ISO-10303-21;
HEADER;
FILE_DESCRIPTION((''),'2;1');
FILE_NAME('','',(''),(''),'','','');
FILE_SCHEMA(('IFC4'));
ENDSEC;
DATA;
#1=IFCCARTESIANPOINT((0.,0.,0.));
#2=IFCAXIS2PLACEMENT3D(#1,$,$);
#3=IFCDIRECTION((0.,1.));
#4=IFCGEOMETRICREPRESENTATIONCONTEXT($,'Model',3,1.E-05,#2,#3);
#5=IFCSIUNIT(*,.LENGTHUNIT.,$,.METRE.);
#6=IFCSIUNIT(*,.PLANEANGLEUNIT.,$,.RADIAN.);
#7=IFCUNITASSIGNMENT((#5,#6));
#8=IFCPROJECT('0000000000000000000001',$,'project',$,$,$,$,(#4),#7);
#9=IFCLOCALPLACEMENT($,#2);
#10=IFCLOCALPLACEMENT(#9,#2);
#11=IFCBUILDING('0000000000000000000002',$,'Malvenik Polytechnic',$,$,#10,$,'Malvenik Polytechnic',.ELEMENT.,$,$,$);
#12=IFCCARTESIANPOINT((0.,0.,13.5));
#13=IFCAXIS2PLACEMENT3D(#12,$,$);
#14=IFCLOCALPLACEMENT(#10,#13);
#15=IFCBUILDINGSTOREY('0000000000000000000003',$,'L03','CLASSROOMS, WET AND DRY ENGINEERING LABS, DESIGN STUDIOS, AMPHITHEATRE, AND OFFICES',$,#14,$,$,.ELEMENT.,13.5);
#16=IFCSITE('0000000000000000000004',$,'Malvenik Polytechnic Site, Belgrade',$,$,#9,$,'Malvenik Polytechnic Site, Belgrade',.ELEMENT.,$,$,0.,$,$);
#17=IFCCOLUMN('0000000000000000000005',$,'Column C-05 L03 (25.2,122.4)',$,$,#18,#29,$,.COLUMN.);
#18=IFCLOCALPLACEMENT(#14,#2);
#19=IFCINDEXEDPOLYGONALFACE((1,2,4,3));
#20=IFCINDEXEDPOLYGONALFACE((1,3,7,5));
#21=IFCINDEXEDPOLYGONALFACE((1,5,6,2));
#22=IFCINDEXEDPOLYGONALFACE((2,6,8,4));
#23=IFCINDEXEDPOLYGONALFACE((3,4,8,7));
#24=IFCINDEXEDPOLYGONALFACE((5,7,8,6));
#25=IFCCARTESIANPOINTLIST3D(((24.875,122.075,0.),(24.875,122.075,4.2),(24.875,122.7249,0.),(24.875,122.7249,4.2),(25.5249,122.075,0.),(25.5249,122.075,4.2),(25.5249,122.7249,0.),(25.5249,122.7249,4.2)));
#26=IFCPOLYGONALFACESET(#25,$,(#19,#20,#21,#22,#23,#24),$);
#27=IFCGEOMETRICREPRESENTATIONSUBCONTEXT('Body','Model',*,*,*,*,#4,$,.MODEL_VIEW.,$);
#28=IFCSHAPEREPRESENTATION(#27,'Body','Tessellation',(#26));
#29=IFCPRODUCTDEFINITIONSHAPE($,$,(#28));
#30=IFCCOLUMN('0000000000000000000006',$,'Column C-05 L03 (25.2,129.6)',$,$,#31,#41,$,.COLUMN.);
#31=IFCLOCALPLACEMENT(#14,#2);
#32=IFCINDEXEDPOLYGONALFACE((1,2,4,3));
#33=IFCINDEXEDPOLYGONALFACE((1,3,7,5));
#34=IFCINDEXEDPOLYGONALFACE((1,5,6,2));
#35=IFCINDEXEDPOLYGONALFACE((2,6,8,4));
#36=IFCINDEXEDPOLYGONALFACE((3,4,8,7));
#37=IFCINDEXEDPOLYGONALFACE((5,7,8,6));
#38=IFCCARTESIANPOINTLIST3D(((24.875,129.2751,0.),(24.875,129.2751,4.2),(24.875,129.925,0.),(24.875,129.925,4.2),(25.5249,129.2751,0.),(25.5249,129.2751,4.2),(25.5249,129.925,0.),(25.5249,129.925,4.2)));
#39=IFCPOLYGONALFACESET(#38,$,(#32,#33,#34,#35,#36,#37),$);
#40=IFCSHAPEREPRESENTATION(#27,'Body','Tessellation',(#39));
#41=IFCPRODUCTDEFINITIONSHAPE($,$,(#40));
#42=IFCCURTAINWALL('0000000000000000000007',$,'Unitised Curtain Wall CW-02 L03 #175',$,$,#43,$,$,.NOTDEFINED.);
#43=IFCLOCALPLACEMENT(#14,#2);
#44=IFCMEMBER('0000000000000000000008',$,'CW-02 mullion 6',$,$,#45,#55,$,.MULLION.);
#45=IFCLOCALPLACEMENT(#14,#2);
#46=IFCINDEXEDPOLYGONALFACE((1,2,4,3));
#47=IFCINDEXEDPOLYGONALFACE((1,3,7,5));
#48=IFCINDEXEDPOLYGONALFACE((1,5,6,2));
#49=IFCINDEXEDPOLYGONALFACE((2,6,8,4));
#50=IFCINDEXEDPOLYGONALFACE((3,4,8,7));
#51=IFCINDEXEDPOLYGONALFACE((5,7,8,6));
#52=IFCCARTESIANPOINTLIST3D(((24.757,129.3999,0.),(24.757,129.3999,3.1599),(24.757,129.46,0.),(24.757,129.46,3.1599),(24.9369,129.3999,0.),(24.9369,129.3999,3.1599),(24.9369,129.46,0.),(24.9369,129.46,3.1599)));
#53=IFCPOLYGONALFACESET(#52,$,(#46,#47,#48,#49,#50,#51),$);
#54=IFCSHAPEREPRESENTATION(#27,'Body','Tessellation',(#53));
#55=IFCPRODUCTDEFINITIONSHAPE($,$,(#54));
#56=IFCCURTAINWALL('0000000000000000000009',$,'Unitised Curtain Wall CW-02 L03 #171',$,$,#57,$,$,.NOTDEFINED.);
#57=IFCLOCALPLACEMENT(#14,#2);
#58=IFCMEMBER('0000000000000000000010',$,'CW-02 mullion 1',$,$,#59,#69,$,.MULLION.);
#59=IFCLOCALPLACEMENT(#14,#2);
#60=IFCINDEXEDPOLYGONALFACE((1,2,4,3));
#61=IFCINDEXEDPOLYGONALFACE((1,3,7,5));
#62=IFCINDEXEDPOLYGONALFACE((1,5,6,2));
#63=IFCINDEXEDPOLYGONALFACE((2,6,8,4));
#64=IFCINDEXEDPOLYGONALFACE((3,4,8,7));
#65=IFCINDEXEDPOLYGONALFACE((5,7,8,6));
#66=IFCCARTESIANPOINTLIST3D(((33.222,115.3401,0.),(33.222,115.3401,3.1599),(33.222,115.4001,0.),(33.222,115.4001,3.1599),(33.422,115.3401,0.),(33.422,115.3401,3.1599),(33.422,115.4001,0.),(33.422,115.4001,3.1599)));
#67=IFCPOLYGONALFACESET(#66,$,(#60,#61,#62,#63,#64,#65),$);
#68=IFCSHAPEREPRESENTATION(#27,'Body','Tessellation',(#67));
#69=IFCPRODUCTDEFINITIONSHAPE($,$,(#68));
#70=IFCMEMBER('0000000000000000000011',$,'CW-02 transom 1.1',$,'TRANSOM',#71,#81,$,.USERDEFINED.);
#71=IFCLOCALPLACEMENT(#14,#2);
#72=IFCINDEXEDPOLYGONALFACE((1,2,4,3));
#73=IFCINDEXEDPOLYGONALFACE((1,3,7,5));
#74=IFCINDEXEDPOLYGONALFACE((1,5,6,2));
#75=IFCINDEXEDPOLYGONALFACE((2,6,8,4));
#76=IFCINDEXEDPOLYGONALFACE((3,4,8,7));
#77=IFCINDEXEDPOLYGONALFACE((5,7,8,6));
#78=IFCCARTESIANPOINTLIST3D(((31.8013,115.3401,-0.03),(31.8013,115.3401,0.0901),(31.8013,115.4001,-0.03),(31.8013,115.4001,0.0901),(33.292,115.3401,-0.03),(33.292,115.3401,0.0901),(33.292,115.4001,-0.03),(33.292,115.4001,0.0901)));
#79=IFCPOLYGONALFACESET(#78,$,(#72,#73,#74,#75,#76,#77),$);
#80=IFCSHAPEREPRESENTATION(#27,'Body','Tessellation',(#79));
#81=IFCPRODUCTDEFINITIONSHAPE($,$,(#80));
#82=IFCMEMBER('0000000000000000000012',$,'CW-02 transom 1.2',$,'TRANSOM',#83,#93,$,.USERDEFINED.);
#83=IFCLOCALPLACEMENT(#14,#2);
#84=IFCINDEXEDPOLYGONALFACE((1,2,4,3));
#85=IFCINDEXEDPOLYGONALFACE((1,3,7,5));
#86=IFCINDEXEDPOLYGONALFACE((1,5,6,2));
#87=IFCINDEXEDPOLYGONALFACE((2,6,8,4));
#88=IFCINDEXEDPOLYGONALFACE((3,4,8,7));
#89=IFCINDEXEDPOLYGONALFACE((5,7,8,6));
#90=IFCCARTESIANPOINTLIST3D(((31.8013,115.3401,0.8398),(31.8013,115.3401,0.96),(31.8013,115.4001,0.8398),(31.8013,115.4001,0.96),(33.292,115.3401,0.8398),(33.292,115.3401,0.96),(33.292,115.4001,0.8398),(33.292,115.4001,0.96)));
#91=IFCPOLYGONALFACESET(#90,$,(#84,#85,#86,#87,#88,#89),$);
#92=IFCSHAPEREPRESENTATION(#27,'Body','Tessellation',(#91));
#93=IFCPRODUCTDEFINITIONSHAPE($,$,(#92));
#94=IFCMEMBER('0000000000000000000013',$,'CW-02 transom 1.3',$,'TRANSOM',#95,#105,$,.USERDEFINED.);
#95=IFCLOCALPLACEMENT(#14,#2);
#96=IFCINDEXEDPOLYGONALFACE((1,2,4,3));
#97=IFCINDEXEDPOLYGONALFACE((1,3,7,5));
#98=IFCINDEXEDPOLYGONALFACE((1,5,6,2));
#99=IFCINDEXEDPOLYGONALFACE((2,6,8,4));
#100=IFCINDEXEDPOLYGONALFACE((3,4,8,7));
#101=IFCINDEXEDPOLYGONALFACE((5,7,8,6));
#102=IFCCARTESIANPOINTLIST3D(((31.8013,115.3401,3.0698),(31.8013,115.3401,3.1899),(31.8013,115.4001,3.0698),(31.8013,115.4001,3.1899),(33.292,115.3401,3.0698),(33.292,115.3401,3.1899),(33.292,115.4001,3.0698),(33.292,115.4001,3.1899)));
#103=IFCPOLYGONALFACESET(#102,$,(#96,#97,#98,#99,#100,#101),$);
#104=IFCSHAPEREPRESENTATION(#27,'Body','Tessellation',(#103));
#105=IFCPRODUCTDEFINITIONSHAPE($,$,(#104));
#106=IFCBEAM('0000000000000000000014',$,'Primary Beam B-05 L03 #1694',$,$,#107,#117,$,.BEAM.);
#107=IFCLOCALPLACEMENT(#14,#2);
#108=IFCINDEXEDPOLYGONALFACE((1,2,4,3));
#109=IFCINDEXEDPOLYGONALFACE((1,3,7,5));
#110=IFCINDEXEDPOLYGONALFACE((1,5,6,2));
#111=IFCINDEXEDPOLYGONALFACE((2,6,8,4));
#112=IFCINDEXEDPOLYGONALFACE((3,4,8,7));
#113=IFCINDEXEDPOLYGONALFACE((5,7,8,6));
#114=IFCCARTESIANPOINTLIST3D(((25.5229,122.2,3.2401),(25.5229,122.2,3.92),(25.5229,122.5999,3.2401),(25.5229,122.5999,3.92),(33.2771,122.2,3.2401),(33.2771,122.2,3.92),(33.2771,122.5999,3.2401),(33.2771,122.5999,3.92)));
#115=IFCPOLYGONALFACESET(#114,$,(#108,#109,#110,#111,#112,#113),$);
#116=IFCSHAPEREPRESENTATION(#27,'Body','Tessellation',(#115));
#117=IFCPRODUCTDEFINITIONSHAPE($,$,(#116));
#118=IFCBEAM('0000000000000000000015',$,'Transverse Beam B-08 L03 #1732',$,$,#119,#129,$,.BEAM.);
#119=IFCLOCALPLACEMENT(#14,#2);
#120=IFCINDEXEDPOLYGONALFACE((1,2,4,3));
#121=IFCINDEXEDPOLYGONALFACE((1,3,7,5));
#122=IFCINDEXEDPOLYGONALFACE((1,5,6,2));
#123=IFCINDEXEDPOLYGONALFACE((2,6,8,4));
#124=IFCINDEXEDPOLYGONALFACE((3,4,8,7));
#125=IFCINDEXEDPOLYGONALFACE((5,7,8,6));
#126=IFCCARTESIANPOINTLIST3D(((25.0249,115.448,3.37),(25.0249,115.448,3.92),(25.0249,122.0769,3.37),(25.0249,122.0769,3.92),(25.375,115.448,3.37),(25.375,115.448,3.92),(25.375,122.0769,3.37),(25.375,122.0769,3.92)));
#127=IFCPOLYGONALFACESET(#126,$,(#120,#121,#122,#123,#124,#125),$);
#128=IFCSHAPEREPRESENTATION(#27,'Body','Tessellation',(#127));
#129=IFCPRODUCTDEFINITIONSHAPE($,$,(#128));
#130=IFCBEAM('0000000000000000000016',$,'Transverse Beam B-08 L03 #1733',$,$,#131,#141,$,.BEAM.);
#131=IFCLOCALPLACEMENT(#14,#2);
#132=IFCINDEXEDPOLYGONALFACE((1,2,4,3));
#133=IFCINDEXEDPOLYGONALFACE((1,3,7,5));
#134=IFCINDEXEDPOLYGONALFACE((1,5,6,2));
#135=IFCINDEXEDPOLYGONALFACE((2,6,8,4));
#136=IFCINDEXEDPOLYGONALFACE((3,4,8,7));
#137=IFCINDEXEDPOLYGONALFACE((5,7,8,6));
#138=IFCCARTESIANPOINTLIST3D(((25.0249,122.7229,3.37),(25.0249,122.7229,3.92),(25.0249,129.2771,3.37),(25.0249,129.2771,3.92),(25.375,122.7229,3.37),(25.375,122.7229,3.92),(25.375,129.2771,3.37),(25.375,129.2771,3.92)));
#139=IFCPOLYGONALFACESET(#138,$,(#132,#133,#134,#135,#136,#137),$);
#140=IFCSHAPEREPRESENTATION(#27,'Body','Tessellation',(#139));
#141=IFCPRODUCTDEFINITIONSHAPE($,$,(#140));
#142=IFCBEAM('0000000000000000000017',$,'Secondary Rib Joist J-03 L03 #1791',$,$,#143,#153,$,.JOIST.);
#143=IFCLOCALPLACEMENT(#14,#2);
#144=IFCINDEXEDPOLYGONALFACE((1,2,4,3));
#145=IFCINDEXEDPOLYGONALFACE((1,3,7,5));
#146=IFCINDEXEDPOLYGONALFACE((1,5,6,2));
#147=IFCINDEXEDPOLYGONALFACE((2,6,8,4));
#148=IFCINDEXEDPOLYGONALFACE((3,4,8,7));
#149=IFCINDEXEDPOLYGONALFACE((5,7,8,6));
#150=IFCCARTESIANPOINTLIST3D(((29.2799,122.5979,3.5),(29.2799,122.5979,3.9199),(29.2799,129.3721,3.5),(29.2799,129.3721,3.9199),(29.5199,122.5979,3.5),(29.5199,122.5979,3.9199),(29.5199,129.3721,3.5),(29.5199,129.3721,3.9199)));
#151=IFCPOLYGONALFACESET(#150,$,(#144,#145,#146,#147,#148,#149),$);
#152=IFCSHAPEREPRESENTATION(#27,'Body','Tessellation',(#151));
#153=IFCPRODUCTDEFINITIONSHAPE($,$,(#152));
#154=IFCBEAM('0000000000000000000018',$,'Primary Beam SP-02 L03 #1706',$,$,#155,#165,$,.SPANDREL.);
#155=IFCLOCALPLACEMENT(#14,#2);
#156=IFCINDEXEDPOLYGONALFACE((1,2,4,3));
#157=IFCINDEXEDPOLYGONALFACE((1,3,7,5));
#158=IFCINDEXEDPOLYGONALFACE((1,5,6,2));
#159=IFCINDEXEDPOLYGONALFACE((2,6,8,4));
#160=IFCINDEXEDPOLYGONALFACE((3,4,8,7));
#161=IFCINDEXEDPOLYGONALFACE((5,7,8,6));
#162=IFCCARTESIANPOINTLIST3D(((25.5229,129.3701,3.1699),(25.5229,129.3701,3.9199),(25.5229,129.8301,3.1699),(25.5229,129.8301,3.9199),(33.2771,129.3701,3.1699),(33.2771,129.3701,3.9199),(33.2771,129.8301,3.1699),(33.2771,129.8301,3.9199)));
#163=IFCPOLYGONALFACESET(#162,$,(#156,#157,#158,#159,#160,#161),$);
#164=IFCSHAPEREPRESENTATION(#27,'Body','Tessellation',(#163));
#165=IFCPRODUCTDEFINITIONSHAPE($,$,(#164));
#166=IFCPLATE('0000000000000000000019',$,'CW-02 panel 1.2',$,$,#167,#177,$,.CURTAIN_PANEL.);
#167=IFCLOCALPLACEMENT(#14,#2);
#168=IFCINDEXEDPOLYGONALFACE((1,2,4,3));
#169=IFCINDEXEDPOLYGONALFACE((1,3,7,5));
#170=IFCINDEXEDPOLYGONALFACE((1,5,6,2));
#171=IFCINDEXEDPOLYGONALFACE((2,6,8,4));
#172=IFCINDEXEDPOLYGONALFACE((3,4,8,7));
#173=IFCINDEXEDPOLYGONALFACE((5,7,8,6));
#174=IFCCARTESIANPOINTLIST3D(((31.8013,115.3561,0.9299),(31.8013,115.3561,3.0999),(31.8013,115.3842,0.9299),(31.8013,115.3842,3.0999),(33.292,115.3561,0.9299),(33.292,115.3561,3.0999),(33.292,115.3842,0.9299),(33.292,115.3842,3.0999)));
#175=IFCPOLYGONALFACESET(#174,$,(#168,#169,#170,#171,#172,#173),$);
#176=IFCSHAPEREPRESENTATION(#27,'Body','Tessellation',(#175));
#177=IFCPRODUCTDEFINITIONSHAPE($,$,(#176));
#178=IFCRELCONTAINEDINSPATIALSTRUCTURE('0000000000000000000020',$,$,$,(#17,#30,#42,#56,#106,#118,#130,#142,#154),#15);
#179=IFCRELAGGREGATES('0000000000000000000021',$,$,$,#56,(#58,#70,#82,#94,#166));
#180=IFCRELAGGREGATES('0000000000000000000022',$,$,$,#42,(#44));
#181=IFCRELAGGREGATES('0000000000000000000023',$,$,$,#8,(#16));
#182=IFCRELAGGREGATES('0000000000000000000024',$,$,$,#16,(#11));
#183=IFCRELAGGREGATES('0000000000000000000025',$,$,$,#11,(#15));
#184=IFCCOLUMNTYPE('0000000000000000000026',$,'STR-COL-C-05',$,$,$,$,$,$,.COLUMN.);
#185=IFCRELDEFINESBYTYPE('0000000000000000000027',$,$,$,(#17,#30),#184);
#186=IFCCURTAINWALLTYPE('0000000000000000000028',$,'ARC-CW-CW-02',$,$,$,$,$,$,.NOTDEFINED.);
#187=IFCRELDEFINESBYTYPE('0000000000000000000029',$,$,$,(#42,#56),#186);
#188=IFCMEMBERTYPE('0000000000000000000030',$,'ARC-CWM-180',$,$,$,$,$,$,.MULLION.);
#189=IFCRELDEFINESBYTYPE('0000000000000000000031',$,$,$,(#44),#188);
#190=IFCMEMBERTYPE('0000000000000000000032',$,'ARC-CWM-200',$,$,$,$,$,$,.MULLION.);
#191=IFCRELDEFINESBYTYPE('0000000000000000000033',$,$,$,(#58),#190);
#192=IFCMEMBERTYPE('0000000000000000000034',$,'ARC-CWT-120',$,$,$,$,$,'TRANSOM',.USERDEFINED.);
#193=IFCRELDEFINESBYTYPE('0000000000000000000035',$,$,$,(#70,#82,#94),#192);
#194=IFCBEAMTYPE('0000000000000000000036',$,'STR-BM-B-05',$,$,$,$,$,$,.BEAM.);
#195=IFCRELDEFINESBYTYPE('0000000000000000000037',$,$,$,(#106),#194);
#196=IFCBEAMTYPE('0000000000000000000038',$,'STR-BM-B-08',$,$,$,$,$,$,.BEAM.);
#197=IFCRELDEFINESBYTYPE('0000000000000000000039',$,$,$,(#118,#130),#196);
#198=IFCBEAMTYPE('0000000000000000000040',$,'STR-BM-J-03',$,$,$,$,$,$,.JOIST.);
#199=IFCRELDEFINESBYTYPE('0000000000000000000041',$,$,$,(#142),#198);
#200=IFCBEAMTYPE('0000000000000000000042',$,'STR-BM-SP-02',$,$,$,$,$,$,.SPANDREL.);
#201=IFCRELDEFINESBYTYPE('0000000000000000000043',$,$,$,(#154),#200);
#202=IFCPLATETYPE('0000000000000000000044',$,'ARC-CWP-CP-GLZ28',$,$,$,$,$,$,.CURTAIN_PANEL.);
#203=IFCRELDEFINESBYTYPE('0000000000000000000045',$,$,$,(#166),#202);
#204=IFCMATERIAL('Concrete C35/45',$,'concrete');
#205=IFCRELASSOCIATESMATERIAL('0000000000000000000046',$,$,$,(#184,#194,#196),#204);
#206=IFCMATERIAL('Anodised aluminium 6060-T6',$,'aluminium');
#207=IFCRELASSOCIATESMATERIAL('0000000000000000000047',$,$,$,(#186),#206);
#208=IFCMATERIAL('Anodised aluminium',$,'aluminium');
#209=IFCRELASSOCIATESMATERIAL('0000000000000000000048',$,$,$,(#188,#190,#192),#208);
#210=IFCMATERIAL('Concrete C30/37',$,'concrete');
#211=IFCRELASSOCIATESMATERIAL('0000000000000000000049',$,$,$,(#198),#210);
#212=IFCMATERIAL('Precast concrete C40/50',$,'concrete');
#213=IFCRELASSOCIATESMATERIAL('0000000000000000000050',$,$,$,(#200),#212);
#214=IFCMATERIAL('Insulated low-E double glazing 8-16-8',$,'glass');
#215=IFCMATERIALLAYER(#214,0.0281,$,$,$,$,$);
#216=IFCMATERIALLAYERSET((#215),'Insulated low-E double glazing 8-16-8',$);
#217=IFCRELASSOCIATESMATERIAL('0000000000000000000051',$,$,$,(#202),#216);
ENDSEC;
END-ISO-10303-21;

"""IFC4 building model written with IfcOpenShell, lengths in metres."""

from ifc_helpers import new_model, si_unit, direction, frame, origin, origin_2d, place, context, subcontext, project, spatial, rectangle, extrude, material, layer, layer_set, material_profile, profile_set, type_object, element, aggregate, save


model = new_model("IFC4")

# Units and contexts
model_context = context("Model", 3, precision=1e-05, world=origin(), true_north=direction((0.0, 1.0)))
body_context = subcontext(model_context, "Body", "Model", "MODEL_VIEW")
ifc_project = project(units=[si_unit("LENGTHUNIT", "METRE"), si_unit("PLANEANGLEUNIT", "RADIAN")], contexts=[model_context])

# Site, building, storey
site_placement = place(None, origin())
site = spatial("IfcSite", under=ifc_project, at=site_placement, Name="Malvenik Polytechnic Site, Belgrade", LongName="Malvenik Polytechnic Site, Belgrade", CompositionType="ELEMENT", RefElevation=0.0)
building_placement = place(site_placement, origin())
building = spatial("IfcBuilding", under=site, at=building_placement, Name="Malvenik Polytechnic", LongName="Malvenik Polytechnic", CompositionType="ELEMENT")
storey_placement = place(building_placement, frame((0.0, 0.0, 13.5)))
storey = spatial("IfcBuildingStorey", under=building, at=storey_placement, Name="L03", Description="CLASSROOMS, WET AND DRY ENGINEERING LABS, DESIGN STUDIOS, AMPHITHEATRE, AND OFFICES", CompositionType="ELEMENT", Elevation=13.5)

# Columns
ifc_material_1 = material(Name="Concrete C35/45", Category="concrete")
ifc_material_profile_1 = material_profile(ifc_material_1, rectangle(XDim=0.6499, YDim=0.6499, at=origin_2d()), Name="RC COL 650x650")
ifc_profile_set_1 = profile_set([ifc_material_profile_1], Name="Concrete C35/45")
column_type = type_object("IfcColumnType", Name="STR-COL-C-05", PredefinedType="COLUMN", material=ifc_profile_set_1)
for number, where, z_axis, x_axis, name in (
    (1, (25.2, 122.3999, 0.0), (0.0, 0.0, 1.0), (1.0, 0.0, 0.0), "Column C-05 L03 (25.2,122.4)"),
    (2, (25.2, 129.6001, 0.0), (0.0, 0.0, 1.0), (1.0, 0.0, 0.0), "Column C-05 L03 (25.2,129.6)"),
):
    element("IfcColumn", number, at=place(storey_placement, frame(where, z_axis=z_axis, x_axis=x_axis)), inside=storey, type_object=column_type, Name=name, PredefinedType="COLUMN", context=body_context, shape_type="SweptSolid", body=[
        extrude(rectangle(XDim=0.6499, YDim=0.6499, at=origin_2d()), origin(), (0.0, 0.0, 1.0), 4.2),
    ])

# Curtain wall, member
ifc_material_2 = material(Name="Anodised aluminium 6060-T6", Category="aluminium")
curtain_wall_type = type_object("IfcCurtainWallType", Name="ARC-CW-CW-02", PredefinedType="NOTDEFINED", material=ifc_material_2)
curtain_wall_1_placement = place(storey_placement, origin())
curtain_wall_1 = element("IfcCurtainWall", 3, at=curtain_wall_1_placement, inside=storey, type_object=curtain_wall_type, Name="Unitised Curtain Wall CW-02 L03 #175", PredefinedType="NOTDEFINED")
ifc_material_3 = material(Name="Anodised aluminium", Category="aluminium")
ifc_material_profile_2 = material_profile(ifc_material_3, rectangle(XDim=0.0601, YDim=0.1799, at=origin_2d()), Name="ALU MULLION 60x180")
ifc_profile_set_2 = profile_set([ifc_material_profile_2], Name="Anodised aluminium")
member_type_1 = type_object("IfcMemberType", Name="ARC-CWM-180", PredefinedType="MULLION", material=ifc_profile_set_2)
member_1_placement = place(storey_placement, frame((24.8469, 129.4299, 0.0), z_axis=(0.0, 0.0, 1.0), x_axis=(0.0, 1.0, 0.0)))
member_1 = element("IfcMember", 4, at=member_1_placement, type_object=member_type_1, Name="CW-02 mullion 6", PredefinedType="MULLION", context=body_context, shape_type="SweptSolid", body=[
    extrude(rectangle(XDim=0.0601, YDim=0.1799, at=origin_2d()), origin(), (0.0, 0.0, 1.0), 3.1599),
])

# Curtain wall, members
curtain_wall_2_placement = place(storey_placement, origin())
curtain_wall_2 = element("IfcCurtainWall", 5, at=curtain_wall_2_placement, inside=storey, type_object=curtain_wall_type, Name="Unitised Curtain Wall CW-02 L03 #171", PredefinedType="NOTDEFINED")
ifc_material_profile_3 = material_profile(ifc_material_3, rectangle(XDim=0.0601, YDim=0.2, at=origin_2d()), Name="ALU MULLION 60x200")
ifc_profile_set_3 = profile_set([ifc_material_profile_3], Name="Anodised aluminium")
member_type_2 = type_object("IfcMemberType", Name="ARC-CWM-200", PredefinedType="MULLION", material=ifc_profile_set_3)
member_2_placement = place(storey_placement, frame((33.322, 115.3701, 0.0), z_axis=(0.0, 0.0, 1.0), x_axis=(0.0, -1.0, 0.0)))
member_2 = element("IfcMember", 6, at=member_2_placement, type_object=member_type_2, Name="CW-02 mullion 1", PredefinedType="MULLION", context=body_context, shape_type="SweptSolid", body=[
    extrude(rectangle(XDim=0.0601, YDim=0.2, at=origin_2d()), origin(), (0.0, 0.0, 1.0), 3.1599),
])
ifc_material_profile_4 = material_profile(ifc_material_3, rectangle(XDim=0.0601, YDim=0.1201, at=origin_2d()), Name="ALU TRANSOM 60x120")
ifc_profile_set_4 = profile_set([ifc_material_profile_4], Name="Anodised aluminium")
member_type_3 = type_object("IfcMemberType", Name="ARC-CWT-120", ElementType="TRANSOM", PredefinedType="USERDEFINED", material=ifc_profile_set_4)
member_3_placement = place(storey_placement, frame((33.292, 115.3701, 0.03), z_axis=(-1.0, 0.0, 0.0), x_axis=(0.0, -1.0, 0.0)))
member_3 = element("IfcMember", 7, at=member_3_placement, type_object=member_type_3, Name="CW-02 transom 1.1", ObjectType="TRANSOM", PredefinedType="USERDEFINED", context=body_context, shape_type="SweptSolid", body=[
    extrude(rectangle(XDim=0.0601, YDim=0.1201, at=origin_2d()), origin(), (0.0, 0.0, 1.0), 1.4907),
])
member_4_placement = place(storey_placement, frame((33.292, 115.3701, 0.8999), z_axis=(-1.0, 0.0, 0.0), x_axis=(0.0, -1.0, 0.0)))
member_4 = element("IfcMember", 8, at=member_4_placement, type_object=member_type_3, Name="CW-02 transom 1.2", ObjectType="TRANSOM", PredefinedType="USERDEFINED", context=body_context, shape_type="SweptSolid", body=[
    extrude(rectangle(XDim=0.0601, YDim=0.1201, at=origin_2d()), origin(), (0.0, 0.0, 1.0), 1.4907),
])
member_5_placement = place(storey_placement, frame((33.292, 115.3701, 3.1299), z_axis=(-1.0, 0.0, 0.0), x_axis=(0.0, -1.0, 0.0)))
member_5 = element("IfcMember", 9, at=member_5_placement, type_object=member_type_3, Name="CW-02 transom 1.3", ObjectType="TRANSOM", PredefinedType="USERDEFINED", context=body_context, shape_type="SweptSolid", body=[
    extrude(rectangle(XDim=0.0601, YDim=0.1201, at=origin_2d()), origin(), (0.0, 0.0, 1.0), 1.4907),
])

# Beams
ifc_material_profile_5 = material_profile(ifc_material_1, rectangle(XDim=0.3999, YDim=0.6799, at=origin_2d()), Name="RC BM 400x680")
ifc_profile_set_5 = profile_set([ifc_material_profile_5], Name="Concrete C35/45")
beam_type_1 = type_object("IfcBeamType", Name="STR-BM-B-05", PredefinedType="BEAM", material=ifc_profile_set_5)
beam_1_placement = place(storey_placement, frame((25.5229, 122.3999, 3.5801), z_axis=(1.0, 0.0, 0.0), x_axis=(0.0, 1.0, 0.0)))
element("IfcBeam", 10, at=beam_1_placement, inside=storey, type_object=beam_type_1, Name="Primary Beam B-05 L03 #1694", PredefinedType="BEAM", context=body_context, shape_type="SweptSolid", body=[
    extrude(rectangle(XDim=0.3999, YDim=0.6799, at=origin_2d()), origin(), (0.0, 0.0, 1.0), 7.7542),
])
ifc_material_profile_6 = material_profile(ifc_material_1, rectangle(XDim=0.3501, YDim=0.55, at=origin_2d()), Name="RC BM 350x550")
ifc_profile_set_6 = profile_set([ifc_material_profile_6], Name="Concrete C35/45")
beam_type_2 = type_object("IfcBeamType", Name="STR-BM-B-08", PredefinedType="BEAM", material=ifc_profile_set_6)
beam_2_placement = place(storey_placement, frame((25.2, 115.448, 3.645), z_axis=(0.0, 1.0, 0.0), x_axis=(-1.0, 0.0, 0.0)))
element("IfcBeam", 11, at=beam_2_placement, inside=storey, type_object=beam_type_2, Name="Transverse Beam B-08 L03 #1732", PredefinedType="BEAM", context=body_context, shape_type="SweptSolid", body=[
    extrude(rectangle(XDim=0.3501, YDim=0.55, at=origin_2d()), origin(), (0.0, 0.0, 1.0), 6.6289),
])
beam_3_placement = place(storey_placement, frame((25.2, 122.7229, 3.645), z_axis=(0.0, 1.0, 0.0), x_axis=(-1.0, 0.0, 0.0)))
element("IfcBeam", 12, at=beam_3_placement, inside=storey, type_object=beam_type_2, Name="Transverse Beam B-08 L03 #1733", PredefinedType="BEAM", context=body_context, shape_type="SweptSolid", body=[
    extrude(rectangle(XDim=0.3501, YDim=0.55, at=origin_2d()), origin(), (0.0, 0.0, 1.0), 6.5542),
])
ifc_material_4 = material(Name="Concrete C30/37", Category="concrete")
ifc_material_profile_7 = material_profile(ifc_material_4, rectangle(XDim=0.24, YDim=0.4199, at=origin_2d()), Name="RC JST 240x420")
ifc_profile_set_7 = profile_set([ifc_material_profile_7], Name="Concrete C30/37")
beam_type_3 = type_object("IfcBeamType", Name="STR-BM-J-03", PredefinedType="JOIST", material=ifc_profile_set_7)
beam_4_placement = place(storey_placement, frame((29.3999, 122.5979, 3.71), z_axis=(0.0, 1.0, 0.0), x_axis=(-1.0, 0.0, 0.0)))
element("IfcBeam", 13, at=beam_4_placement, inside=storey, type_object=beam_type_3, Name="Secondary Rib Joist J-03 L03 #1791", PredefinedType="JOIST", context=body_context, shape_type="SweptSolid", body=[
    extrude(rectangle(XDim=0.24, YDim=0.4199, at=origin_2d()), origin(), (0.0, 0.0, 1.0), 6.7742),
])
ifc_material_5 = material(Name="Precast concrete C40/50", Category="concrete")
ifc_material_profile_8 = material_profile(ifc_material_5, rectangle(XDim=0.46, YDim=0.75, at=origin_2d()), Name="PC SPN 460x750")
ifc_profile_set_8 = profile_set([ifc_material_profile_8], Name="Precast concrete C40/50")
beam_type_4 = type_object("IfcBeamType", Name="STR-BM-SP-02", PredefinedType="SPANDREL", material=ifc_profile_set_8)
beam_5_placement = place(storey_placement, frame((25.5229, 129.6001, 3.5449), z_axis=(1.0, 0.0, 0.0), x_axis=(0.0, 1.0, 0.0)))
element("IfcBeam", 14, at=beam_5_placement, inside=storey, type_object=beam_type_4, Name="Primary Beam SP-02 L03 #1706", PredefinedType="SPANDREL", context=body_context, shape_type="SweptSolid", body=[
    extrude(rectangle(XDim=0.46, YDim=0.75, at=origin_2d()), origin(), (0.0, 0.0, 1.0), 7.7542),
])

# Plate
ifc_material_6 = material(Name="Insulated low-E double glazing 8-16-8", Category="glass")
ifc_layer_1 = layer(ifc_material_6, 0.0281)
ifc_layer_set_1 = layer_set([ifc_layer_1], Name="Insulated low-E double glazing 8-16-8")
plate_type_1 = type_object("IfcPlateType", Name="ARC-CWP-CP-GLZ28", PredefinedType="CURTAIN_PANEL", material=ifc_layer_set_1)
plate_1_placement = place(storey_placement, frame((32.5466, 115.3701, 0.9299), z_axis=(0.0, 0.0, 1.0), x_axis=(-1.0, 0.0, 0.0)))
plate_1 = element("IfcPlate", 15, at=plate_1_placement, type_object=plate_type_1, Name="CW-02 panel 1.2", PredefinedType="CURTAIN_PANEL", context=body_context, shape_type="SweptSolid", body=[
    extrude(rectangle(XDim=1.4907, YDim=0.0281, at=origin_2d()), origin(), (0.0, 0.0, 1.0), 2.1699),
])
aggregate(curtain_wall_2, [member_2, member_3, member_4, member_5, plate_1])
aggregate(curtain_wall_1, [member_1])

save(model, "model.ifc")
